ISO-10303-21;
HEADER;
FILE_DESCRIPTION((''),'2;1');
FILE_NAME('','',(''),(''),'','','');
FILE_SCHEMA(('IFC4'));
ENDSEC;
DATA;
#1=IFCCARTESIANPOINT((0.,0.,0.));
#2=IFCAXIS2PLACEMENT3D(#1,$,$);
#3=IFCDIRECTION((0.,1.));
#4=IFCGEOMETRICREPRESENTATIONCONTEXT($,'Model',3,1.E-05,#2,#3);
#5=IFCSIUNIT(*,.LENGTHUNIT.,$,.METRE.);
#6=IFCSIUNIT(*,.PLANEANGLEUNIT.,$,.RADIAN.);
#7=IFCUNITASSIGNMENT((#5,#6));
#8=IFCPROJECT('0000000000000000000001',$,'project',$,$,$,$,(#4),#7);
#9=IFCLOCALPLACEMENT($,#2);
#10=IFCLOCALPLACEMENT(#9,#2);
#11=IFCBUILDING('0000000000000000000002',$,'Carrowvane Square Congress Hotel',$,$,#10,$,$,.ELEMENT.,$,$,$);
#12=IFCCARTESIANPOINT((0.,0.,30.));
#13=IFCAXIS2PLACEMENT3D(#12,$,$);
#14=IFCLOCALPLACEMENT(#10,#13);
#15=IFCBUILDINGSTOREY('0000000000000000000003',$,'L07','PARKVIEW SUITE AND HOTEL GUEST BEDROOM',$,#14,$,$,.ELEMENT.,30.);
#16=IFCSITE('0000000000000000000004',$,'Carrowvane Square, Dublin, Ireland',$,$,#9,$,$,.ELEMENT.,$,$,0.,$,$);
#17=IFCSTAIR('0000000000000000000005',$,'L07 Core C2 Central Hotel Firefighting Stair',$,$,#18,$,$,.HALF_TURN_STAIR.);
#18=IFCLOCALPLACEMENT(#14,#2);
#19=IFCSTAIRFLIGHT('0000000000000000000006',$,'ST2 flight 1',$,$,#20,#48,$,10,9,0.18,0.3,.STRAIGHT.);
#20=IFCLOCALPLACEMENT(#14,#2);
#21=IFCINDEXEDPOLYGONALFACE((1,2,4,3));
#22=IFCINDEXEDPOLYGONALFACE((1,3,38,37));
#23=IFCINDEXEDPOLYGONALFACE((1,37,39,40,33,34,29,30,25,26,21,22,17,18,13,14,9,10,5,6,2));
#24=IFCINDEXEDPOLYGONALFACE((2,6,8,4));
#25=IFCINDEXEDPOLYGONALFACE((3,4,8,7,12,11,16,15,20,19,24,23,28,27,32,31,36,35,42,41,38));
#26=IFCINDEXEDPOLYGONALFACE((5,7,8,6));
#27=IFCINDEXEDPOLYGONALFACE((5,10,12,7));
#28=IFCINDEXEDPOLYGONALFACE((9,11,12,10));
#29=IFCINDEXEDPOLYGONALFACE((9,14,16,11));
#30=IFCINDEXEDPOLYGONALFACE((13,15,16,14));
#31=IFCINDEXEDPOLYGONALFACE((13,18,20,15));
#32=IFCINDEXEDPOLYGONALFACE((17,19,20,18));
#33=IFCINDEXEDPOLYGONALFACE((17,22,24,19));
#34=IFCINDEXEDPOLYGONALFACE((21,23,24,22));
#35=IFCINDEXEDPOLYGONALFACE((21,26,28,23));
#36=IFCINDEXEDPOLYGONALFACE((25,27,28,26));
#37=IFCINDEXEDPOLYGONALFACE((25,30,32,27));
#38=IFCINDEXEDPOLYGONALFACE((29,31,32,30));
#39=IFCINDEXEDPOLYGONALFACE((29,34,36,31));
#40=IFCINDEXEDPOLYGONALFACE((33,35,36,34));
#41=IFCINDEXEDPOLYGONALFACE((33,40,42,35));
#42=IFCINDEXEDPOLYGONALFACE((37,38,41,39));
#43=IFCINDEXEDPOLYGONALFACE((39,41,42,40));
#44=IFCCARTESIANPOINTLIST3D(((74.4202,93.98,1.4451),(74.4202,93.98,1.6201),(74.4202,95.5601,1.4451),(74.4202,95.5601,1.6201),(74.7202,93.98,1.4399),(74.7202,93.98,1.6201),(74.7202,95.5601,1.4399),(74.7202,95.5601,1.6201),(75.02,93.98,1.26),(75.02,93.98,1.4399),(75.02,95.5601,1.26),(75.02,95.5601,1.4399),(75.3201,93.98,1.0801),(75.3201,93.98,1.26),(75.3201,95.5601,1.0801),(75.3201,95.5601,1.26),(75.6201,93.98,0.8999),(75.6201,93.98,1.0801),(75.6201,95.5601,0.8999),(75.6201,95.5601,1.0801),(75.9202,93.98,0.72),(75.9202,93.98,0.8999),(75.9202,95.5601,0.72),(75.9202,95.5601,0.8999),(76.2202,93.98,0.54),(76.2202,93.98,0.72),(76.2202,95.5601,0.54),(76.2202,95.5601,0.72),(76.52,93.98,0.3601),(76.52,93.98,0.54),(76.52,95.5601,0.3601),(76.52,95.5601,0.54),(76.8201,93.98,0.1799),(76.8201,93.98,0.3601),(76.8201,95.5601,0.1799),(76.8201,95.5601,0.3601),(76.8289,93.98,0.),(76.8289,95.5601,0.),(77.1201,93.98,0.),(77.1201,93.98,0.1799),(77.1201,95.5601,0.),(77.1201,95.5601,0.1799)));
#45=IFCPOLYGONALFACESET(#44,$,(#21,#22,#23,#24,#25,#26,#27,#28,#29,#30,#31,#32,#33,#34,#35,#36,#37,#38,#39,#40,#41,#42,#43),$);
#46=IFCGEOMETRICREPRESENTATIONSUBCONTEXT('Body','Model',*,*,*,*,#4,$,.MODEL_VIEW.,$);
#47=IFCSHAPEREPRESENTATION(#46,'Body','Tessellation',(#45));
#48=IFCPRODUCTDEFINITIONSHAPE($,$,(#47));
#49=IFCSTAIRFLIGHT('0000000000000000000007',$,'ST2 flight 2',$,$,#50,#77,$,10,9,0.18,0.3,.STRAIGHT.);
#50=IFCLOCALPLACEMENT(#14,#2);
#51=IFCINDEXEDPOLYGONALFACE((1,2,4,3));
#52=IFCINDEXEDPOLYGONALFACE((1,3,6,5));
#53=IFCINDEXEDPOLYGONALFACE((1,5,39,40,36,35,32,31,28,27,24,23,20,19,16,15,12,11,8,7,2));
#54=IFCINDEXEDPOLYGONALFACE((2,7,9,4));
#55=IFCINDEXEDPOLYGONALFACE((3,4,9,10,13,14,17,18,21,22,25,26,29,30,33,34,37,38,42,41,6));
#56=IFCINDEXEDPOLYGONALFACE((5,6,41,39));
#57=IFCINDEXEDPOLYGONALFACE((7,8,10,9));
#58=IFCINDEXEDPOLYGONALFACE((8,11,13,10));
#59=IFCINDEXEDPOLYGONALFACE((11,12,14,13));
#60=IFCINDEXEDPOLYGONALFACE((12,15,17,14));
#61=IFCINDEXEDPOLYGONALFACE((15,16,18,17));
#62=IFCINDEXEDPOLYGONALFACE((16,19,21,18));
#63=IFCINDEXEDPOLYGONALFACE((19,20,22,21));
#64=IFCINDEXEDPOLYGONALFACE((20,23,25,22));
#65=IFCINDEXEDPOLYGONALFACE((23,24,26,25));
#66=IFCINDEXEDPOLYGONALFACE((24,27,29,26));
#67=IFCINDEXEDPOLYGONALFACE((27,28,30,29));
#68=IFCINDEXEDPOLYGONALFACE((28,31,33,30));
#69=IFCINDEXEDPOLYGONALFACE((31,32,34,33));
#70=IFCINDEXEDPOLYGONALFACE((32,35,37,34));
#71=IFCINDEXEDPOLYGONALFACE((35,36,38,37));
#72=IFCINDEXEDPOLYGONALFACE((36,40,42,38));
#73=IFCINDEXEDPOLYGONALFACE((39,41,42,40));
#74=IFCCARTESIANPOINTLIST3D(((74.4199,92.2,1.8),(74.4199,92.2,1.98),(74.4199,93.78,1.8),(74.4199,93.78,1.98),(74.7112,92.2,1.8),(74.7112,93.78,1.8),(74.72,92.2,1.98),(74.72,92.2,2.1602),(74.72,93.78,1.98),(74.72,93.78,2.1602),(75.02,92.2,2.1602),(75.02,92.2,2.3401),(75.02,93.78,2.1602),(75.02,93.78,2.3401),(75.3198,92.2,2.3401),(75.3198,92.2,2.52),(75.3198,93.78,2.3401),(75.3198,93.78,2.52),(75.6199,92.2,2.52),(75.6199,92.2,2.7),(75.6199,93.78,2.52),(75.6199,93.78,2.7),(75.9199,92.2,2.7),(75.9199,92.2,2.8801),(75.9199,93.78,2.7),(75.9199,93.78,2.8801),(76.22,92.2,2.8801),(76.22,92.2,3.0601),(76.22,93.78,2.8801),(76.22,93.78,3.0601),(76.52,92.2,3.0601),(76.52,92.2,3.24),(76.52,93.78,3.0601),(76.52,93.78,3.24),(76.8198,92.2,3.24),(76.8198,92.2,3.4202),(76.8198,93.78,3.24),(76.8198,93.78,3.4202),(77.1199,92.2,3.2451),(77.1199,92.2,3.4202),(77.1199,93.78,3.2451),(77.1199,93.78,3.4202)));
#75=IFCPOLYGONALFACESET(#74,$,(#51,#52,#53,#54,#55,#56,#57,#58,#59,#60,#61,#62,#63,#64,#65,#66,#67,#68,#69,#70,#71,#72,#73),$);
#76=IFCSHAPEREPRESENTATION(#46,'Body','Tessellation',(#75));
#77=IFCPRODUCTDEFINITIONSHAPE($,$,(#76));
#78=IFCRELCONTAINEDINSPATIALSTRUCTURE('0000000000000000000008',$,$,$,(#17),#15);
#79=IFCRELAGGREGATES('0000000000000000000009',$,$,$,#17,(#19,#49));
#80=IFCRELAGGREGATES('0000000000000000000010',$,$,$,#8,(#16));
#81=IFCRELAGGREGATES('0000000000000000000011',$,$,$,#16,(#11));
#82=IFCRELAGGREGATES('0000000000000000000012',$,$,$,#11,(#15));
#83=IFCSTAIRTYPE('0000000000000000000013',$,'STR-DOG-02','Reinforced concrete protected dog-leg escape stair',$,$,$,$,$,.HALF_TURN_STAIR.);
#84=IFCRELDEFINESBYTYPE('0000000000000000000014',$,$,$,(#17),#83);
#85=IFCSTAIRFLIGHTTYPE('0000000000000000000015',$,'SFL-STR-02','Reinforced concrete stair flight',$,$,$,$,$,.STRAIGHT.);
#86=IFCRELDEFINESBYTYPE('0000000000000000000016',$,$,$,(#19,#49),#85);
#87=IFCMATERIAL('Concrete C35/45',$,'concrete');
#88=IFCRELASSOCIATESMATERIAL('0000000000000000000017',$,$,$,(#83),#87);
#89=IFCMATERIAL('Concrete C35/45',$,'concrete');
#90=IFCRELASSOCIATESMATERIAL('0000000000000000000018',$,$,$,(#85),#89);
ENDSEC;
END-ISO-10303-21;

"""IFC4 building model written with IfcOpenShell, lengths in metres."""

from ifc_helpers import new_model, si_unit, direction, frame, origin, place, context, subcontext, project, spatial, polyline, outline, extrude, material, type_object, element, aggregate, save


model = new_model("IFC4")

# Units and contexts
model_context = context("Model", 3, precision=1e-05, world=origin(), true_north=direction((0.0, 1.0)))
body_context = subcontext(model_context, "Body", "Model", "MODEL_VIEW")
ifc_project = project(units=[si_unit("LENGTHUNIT", "METRE"), si_unit("PLANEANGLEUNIT", "RADIAN")], contexts=[model_context])

# Site, building, storey
site_placement = place(None, origin())
site = spatial("IfcSite", under=ifc_project, at=site_placement, Name="Carrowvane Square, Dublin, Ireland", CompositionType="ELEMENT", RefElevation=0.0)
building_placement = place(site_placement, origin())
building = spatial("IfcBuilding", under=site, at=building_placement, Name="Carrowvane Square Congress Hotel", CompositionType="ELEMENT")
storey_placement = place(building_placement, frame((0.0, 0.0, 30.0)))
storey = spatial("IfcBuildingStorey", under=building, at=storey_placement, Name="L07", Description="PARKVIEW SUITE AND HOTEL GUEST BEDROOM", CompositionType="ELEMENT", Elevation=30.0)

# Stair, stair flights
ifc_material_1 = material(Name="Concrete C35/45", Category="concrete")
stair_type = type_object("IfcStairType", Name="STR-DOG-02", Description="Reinforced concrete protected dog-leg escape stair", PredefinedType="HALF_TURN_STAIR", material=ifc_material_1)
stair_placement = place(storey_placement, origin())
stair = element("IfcStair", 1, at=stair_placement, inside=storey, type_object=stair_type, Name="L07 Core C2 Central Hotel Firefighting Stair", PredefinedType="HALF_TURN_STAIR")
ifc_material_2 = material(Name="Concrete C35/45", Category="concrete")
stair_flight_type = type_object("IfcStairFlightType", Name="SFL-STR-02", Description="Reinforced concrete stair flight", PredefinedType="STRAIGHT", material=ifc_material_2)
stair_flight_1_placement = place(storey_placement, frame((77.1201, 94.77, 0.0), z_axis=(0.0, 0.0, 1.0), x_axis=(-1.0, 0.0, 0.0)))
stair_flight_1 = element("IfcStairFlight", 2, at=stair_flight_1_placement, type_object=stair_flight_type, Name="ST2 flight 1", NumberOfRisers=10, NumberOfTreads=9, PredefinedType="STRAIGHT", RiserHeight=0.18, TreadLength=0.3, context=body_context, shape_type="SweptSolid", body=[
    extrude(outline(polyline([(0.0, 0.0), (0.0, 0.1799), (0.3, 0.1799), (0.3, 0.3601), (0.6001, 0.3601), (0.6001, 0.54), (0.8999, 0.54), (0.8999, 0.72), (1.2, 0.72), (1.2, 0.8999), (1.5, 0.8999), (1.5, 1.0801), (1.8, 1.0801), (1.8, 1.26), (2.1001, 1.26), (2.1001, 1.4399), (2.3999, 1.4399), (2.3999, 1.6201), (2.7, 1.6201), (2.7, 1.8), (2.7, 1.4451), (0.2913, 0.0), (0.0, 0.0)])), frame((0.0, 0.79, 0.0), z_axis=(0.0, -1.0, 0.0), x_axis=(1.0, 0.0, 0.0)), (0.0, 0.0, 1.0), 1.5801),
])
stair_flight_2_placement = place(storey_placement, frame((74.4199, 92.99, 1.8), z_axis=(0.0, 0.0, 1.0), x_axis=(1.0, 0.0, 0.0)))
stair_flight_2 = element("IfcStairFlight", 3, at=stair_flight_2_placement, type_object=stair_flight_type, Name="ST2 flight 2", NumberOfRisers=10, NumberOfTreads=9, PredefinedType="STRAIGHT", RiserHeight=0.18, TreadLength=0.3, context=body_context, shape_type="SweptSolid", body=[
    extrude(outline(polyline([(0.0, 0.0), (0.0, 0.1799), (0.3, 0.1799), (0.3, 0.3601), (0.6001, 0.3601), (0.6001, 0.54), (0.8999, 0.54), (0.8999, 0.72), (1.2, 0.72), (1.2, 0.8999), (1.5, 0.8999), (1.5, 1.0801), (1.8, 1.0801), (1.8, 1.26), (2.1001, 1.26), (2.1001, 1.4399), (2.3999, 1.4399), (2.3999, 1.6201), (2.7, 1.6201), (2.7, 1.8), (2.7, 1.4451), (0.2913, 0.0), (0.0, 0.0)])), frame((0.0, 0.79, 0.0), z_axis=(0.0, -1.0, 0.0), x_axis=(1.0, 0.0, 0.0)), (0.0, 0.0, 1.0), 1.5801),
])
aggregate(stair, [stair_flight_1, stair_flight_2])

save(model, "model.ifc")
